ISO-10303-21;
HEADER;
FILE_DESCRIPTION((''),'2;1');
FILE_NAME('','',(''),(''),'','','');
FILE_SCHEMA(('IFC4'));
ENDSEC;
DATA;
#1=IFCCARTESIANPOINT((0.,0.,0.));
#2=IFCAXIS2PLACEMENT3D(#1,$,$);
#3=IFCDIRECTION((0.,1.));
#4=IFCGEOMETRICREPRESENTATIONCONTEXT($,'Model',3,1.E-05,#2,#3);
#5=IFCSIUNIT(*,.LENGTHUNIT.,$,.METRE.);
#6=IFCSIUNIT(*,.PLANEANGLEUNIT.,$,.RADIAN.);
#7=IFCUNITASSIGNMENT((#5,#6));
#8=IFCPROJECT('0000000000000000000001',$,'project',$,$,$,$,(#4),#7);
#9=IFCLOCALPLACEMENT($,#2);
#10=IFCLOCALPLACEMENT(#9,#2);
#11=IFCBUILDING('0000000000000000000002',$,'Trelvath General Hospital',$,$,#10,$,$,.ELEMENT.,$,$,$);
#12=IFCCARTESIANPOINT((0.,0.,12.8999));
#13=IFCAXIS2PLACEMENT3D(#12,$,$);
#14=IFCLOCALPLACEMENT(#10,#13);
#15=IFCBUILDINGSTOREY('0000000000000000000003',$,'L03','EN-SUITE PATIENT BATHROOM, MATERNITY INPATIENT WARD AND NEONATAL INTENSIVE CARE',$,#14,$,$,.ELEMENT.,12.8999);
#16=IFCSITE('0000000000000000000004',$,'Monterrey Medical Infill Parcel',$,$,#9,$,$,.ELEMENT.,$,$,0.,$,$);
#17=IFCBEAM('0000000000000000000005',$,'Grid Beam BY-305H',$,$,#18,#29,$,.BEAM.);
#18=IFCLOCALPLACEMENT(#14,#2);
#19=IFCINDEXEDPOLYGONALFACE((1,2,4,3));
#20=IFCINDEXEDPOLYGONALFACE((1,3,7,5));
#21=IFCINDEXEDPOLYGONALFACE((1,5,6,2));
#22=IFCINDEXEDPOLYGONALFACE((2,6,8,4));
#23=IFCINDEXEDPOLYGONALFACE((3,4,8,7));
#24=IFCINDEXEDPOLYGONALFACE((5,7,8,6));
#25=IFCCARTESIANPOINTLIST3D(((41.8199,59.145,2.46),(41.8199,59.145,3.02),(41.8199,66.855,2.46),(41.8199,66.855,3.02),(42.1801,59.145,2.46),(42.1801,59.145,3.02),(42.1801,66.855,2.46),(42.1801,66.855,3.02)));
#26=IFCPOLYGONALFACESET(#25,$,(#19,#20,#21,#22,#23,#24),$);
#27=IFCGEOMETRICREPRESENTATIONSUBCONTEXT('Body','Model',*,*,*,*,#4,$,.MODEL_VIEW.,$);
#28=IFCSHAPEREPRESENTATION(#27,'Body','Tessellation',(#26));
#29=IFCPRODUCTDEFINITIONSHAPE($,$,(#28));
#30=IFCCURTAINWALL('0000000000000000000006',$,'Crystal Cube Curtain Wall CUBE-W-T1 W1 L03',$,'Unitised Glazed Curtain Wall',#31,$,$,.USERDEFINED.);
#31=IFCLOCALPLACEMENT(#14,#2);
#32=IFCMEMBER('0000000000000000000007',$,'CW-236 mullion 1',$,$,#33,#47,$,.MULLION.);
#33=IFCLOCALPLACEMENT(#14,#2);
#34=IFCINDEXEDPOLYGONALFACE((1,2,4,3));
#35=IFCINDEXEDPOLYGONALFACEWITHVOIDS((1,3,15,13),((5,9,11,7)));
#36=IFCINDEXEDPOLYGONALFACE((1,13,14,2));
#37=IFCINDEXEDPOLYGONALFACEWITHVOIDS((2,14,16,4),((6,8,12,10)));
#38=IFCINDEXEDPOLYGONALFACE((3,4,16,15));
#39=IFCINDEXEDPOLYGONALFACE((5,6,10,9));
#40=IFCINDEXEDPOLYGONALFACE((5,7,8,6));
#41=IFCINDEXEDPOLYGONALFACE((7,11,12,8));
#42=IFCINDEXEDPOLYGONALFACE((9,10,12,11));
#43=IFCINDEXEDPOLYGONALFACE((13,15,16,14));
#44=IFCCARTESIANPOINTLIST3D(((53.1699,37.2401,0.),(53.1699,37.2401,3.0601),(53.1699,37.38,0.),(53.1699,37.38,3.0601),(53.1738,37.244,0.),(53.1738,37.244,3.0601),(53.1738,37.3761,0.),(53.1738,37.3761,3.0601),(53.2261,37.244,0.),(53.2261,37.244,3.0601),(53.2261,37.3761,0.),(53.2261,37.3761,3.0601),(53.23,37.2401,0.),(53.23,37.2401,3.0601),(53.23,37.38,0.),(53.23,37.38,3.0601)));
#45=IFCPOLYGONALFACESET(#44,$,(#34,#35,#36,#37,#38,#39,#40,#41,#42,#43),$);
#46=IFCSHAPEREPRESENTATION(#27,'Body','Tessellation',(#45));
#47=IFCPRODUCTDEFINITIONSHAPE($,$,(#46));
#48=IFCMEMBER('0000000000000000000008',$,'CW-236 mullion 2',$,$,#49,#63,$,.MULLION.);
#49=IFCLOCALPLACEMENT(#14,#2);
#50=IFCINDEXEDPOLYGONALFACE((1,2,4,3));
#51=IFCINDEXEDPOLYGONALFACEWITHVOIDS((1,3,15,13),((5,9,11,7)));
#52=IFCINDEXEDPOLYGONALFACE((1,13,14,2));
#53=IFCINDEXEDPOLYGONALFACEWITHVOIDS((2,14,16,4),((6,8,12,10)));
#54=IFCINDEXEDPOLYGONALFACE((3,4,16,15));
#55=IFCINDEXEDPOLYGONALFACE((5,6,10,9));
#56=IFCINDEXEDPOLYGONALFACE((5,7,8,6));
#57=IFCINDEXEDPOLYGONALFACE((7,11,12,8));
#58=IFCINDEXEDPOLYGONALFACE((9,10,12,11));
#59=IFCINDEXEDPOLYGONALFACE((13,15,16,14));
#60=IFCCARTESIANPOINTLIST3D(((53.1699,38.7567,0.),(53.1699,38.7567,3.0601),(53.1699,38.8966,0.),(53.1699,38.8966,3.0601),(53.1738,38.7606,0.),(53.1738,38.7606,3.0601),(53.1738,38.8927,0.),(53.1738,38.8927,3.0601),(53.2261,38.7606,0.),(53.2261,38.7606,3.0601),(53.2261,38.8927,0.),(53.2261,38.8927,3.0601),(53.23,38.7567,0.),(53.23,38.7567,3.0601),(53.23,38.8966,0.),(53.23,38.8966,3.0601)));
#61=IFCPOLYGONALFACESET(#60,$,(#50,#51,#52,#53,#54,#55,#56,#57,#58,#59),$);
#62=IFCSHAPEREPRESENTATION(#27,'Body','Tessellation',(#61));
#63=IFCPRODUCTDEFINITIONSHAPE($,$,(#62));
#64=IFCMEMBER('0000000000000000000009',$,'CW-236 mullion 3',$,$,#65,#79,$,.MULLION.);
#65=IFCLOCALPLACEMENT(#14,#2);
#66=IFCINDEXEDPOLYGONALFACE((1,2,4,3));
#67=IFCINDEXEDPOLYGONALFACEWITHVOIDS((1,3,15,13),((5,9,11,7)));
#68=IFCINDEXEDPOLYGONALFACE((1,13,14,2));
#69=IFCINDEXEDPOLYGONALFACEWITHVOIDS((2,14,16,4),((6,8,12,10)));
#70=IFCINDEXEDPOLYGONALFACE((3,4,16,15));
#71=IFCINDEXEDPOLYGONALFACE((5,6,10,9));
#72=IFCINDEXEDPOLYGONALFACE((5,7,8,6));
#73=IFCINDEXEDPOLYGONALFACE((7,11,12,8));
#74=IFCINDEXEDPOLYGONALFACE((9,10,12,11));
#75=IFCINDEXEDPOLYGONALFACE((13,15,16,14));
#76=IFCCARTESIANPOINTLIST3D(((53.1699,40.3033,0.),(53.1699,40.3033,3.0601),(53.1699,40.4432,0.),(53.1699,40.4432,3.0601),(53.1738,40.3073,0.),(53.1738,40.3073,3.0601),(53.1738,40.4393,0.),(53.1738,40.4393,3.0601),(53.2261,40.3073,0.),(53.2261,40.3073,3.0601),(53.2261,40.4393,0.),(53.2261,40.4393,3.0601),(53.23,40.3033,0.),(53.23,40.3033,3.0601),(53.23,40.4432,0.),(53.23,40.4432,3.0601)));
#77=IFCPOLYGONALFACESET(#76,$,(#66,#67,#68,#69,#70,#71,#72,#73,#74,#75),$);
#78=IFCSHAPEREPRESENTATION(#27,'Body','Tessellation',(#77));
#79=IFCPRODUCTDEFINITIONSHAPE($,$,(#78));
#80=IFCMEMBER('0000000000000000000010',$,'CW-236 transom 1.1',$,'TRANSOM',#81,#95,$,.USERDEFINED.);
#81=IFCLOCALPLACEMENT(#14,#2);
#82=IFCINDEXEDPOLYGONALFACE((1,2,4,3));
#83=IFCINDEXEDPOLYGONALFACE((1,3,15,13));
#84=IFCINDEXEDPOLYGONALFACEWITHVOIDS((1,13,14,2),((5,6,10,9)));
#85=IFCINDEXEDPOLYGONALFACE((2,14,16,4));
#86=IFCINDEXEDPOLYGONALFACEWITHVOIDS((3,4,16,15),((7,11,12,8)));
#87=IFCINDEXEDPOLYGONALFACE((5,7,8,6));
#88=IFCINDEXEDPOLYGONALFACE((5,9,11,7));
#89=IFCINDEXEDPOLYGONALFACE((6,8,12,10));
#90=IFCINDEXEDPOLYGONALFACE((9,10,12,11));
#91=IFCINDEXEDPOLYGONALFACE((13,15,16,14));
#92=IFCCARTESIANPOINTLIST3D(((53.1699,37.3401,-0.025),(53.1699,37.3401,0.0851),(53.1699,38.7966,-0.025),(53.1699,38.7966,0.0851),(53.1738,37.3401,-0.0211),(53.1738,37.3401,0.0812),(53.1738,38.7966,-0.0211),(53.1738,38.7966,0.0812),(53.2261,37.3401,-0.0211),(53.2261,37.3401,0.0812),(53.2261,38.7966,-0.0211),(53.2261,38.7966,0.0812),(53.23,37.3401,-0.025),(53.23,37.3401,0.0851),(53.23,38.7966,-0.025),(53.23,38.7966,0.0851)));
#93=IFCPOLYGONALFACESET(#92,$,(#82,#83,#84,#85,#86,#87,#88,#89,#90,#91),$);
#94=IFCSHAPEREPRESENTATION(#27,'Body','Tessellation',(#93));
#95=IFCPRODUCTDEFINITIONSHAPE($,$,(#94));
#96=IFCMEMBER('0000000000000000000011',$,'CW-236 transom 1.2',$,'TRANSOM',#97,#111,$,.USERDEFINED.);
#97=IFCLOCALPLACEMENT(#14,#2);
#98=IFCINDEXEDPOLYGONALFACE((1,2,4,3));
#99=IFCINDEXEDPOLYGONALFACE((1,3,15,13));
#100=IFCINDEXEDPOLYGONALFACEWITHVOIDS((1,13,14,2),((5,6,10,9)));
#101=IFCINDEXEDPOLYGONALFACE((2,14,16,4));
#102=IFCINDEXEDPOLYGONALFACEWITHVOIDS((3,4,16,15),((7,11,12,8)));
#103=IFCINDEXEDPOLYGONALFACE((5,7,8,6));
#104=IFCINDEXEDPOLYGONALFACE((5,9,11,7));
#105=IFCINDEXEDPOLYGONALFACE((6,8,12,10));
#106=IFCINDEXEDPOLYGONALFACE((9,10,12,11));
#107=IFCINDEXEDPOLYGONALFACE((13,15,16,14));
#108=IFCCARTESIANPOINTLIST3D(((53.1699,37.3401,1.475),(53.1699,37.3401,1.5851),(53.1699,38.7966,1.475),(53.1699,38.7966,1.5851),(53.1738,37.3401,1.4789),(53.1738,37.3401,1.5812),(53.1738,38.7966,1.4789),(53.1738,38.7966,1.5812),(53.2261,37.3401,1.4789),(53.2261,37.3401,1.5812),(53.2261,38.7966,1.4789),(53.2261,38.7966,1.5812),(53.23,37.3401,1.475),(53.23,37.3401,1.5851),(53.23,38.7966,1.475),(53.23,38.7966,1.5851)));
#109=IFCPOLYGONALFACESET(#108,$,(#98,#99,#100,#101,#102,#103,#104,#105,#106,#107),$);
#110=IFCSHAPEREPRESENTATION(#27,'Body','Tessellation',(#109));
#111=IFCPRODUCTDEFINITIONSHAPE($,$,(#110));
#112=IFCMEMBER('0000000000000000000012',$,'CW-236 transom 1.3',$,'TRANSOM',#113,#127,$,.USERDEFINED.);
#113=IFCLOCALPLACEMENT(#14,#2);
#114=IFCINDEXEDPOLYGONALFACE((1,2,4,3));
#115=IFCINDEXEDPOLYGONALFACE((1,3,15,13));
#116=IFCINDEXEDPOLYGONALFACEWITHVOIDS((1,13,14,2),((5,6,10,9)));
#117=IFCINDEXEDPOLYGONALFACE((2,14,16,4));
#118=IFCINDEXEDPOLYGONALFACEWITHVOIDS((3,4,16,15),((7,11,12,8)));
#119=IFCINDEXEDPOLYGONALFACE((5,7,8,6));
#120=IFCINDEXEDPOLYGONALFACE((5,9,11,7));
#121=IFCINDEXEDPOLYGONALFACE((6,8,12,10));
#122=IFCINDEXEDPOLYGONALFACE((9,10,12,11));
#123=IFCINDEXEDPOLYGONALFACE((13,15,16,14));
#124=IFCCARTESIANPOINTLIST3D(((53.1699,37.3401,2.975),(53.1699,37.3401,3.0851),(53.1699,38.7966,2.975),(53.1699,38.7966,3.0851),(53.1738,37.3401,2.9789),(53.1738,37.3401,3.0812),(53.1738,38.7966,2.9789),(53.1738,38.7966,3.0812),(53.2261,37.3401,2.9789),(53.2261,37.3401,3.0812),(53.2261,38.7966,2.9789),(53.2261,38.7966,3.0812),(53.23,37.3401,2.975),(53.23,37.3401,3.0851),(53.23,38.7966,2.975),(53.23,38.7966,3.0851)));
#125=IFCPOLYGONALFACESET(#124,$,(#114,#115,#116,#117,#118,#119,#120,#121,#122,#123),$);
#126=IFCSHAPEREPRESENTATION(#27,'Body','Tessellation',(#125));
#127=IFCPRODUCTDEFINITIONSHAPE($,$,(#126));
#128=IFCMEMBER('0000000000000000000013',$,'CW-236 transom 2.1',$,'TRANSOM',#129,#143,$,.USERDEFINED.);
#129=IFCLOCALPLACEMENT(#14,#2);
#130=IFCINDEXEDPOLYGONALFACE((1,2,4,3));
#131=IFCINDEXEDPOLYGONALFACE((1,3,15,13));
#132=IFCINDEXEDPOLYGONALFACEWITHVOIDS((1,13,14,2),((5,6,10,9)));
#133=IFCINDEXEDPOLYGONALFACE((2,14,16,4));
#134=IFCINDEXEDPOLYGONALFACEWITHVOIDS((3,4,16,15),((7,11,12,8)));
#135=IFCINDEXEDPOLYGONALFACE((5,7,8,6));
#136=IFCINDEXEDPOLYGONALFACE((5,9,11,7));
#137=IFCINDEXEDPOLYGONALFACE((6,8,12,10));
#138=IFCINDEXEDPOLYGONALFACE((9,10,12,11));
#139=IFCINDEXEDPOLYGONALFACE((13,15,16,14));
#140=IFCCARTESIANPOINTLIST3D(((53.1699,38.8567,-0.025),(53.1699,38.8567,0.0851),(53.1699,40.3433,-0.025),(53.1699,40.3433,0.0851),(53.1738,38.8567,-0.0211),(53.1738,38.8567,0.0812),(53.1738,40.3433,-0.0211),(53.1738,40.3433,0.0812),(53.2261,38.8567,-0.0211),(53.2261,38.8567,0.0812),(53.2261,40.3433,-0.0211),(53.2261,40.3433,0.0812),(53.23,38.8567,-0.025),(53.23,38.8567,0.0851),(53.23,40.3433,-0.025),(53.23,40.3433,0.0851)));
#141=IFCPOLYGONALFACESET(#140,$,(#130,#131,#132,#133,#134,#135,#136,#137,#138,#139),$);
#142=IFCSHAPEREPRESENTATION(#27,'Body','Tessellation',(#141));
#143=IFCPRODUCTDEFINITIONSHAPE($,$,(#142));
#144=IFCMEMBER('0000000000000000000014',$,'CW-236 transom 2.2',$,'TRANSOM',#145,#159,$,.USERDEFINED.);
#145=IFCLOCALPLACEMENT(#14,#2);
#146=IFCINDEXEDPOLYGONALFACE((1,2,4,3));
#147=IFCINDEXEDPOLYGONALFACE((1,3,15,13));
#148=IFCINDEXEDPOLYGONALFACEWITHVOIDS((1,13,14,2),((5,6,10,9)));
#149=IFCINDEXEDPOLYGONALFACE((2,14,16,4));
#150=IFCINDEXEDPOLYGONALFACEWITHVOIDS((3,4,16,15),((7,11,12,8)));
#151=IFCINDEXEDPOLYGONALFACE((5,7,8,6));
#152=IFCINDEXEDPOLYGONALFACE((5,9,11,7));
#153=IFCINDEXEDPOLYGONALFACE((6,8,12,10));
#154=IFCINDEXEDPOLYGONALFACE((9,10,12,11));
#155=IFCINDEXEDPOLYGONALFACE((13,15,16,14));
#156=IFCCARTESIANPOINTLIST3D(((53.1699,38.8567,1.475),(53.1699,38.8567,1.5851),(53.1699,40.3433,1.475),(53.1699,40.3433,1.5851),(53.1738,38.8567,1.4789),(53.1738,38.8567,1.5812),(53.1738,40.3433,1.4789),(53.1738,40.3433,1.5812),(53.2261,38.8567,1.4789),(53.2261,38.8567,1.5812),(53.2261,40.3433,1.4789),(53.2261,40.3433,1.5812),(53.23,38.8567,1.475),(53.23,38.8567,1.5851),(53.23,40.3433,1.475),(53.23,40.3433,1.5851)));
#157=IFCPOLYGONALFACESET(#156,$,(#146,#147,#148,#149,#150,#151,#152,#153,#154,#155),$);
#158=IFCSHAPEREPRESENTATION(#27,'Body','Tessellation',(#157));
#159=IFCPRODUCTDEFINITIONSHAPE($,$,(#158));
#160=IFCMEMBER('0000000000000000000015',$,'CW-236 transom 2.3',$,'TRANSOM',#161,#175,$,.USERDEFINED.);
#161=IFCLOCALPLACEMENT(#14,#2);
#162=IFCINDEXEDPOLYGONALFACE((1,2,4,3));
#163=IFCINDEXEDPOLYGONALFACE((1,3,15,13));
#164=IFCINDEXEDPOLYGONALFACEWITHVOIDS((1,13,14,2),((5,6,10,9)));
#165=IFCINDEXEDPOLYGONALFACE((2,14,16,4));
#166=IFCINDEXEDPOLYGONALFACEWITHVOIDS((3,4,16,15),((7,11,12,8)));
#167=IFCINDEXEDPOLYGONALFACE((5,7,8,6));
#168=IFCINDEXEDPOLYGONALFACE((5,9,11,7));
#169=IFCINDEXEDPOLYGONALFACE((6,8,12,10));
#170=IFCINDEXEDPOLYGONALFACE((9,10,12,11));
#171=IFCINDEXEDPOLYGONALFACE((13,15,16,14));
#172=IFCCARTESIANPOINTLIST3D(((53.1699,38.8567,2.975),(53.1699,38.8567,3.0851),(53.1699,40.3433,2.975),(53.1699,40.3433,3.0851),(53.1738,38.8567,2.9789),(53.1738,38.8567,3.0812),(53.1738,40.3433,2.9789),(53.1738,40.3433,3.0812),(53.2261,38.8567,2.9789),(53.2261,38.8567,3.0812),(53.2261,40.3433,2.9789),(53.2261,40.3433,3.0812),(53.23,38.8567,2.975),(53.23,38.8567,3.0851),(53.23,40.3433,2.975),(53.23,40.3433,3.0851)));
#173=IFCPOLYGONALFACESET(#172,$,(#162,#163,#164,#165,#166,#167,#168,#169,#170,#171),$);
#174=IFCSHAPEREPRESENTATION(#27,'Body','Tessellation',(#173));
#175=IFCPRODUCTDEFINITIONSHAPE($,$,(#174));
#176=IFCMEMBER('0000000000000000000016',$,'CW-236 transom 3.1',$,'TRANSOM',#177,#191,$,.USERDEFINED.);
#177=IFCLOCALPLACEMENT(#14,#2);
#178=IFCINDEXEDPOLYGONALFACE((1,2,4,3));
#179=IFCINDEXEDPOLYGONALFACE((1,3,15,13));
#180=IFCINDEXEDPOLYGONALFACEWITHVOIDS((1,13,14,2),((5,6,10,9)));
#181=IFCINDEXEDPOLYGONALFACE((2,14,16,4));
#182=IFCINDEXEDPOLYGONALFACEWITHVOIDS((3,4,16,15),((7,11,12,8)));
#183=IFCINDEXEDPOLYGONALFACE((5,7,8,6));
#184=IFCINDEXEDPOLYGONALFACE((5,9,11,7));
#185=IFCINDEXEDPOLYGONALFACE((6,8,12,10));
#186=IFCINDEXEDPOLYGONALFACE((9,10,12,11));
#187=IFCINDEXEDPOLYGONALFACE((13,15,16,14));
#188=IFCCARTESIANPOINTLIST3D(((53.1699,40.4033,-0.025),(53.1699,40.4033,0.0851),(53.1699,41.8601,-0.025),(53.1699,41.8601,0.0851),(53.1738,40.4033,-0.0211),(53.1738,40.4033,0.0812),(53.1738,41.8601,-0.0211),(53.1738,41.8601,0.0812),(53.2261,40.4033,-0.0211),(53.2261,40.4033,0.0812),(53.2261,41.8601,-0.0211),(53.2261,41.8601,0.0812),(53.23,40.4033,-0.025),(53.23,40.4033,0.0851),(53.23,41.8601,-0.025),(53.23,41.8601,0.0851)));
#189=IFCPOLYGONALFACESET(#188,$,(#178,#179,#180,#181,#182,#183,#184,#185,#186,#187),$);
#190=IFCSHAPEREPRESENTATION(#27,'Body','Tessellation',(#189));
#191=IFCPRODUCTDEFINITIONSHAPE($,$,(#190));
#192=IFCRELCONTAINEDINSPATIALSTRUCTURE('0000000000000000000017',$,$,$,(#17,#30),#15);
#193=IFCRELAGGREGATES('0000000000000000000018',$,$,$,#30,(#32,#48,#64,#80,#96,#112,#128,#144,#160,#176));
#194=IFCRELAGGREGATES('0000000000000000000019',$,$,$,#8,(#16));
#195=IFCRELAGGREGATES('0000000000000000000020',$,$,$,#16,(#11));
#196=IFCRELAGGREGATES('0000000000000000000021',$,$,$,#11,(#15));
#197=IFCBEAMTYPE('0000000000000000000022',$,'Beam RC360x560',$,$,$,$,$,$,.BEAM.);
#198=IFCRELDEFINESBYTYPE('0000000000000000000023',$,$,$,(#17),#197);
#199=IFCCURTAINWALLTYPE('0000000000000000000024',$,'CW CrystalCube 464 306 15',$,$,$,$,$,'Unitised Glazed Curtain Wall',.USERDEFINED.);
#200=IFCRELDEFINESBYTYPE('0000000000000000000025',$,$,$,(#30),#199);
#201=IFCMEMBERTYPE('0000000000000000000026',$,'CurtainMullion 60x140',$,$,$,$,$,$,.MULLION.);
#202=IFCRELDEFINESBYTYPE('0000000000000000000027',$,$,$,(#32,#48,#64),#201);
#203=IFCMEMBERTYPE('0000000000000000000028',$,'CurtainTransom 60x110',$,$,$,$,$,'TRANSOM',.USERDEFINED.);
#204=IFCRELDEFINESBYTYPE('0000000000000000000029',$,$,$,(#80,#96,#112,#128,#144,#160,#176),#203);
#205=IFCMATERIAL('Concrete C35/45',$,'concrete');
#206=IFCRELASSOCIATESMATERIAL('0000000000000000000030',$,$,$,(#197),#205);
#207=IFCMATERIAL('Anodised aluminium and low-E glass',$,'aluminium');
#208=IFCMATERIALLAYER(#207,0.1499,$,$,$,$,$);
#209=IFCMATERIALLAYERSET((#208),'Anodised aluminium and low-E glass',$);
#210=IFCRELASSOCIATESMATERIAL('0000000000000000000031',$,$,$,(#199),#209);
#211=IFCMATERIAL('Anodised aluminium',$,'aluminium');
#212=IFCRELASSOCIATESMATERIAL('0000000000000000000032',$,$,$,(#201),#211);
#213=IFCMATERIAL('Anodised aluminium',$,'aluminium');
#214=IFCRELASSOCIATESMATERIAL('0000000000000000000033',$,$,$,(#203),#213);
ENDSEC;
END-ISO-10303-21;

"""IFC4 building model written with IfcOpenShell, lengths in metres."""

from ifc_helpers import new_model, si_unit, direction, frame, origin, origin_2d, place, context, subcontext, project, spatial, rectangle, hollow_rectangle, extrude, material, layer, layer_set, material_profile, profile_set, type_object, element, aggregate, save


model = new_model("IFC4")

# Units and contexts
model_context = context("Model", 3, precision=1e-05, world=origin(), true_north=direction((0.0, 1.0)))
body_context = subcontext(model_context, "Body", "Model", "MODEL_VIEW")
ifc_project = project(units=[si_unit("LENGTHUNIT", "METRE"), si_unit("PLANEANGLEUNIT", "RADIAN")], contexts=[model_context])

# Site, building, storey
site_placement = place(None, origin())
site = spatial("IfcSite", under=ifc_project, at=site_placement, Name="Monterrey Medical Infill Parcel", CompositionType="ELEMENT", RefElevation=0.0)
building_placement = place(site_placement, origin())
building = spatial("IfcBuilding", under=site, at=building_placement, Name="Trelvath General Hospital", CompositionType="ELEMENT")
storey_placement = place(building_placement, frame((0.0, 0.0, 12.8999)))
storey = spatial("IfcBuildingStorey", under=building, at=storey_placement, Name="L03", Description="EN-SUITE PATIENT BATHROOM, MATERNITY INPATIENT WARD AND NEONATAL INTENSIVE CARE", CompositionType="ELEMENT", Elevation=12.8999)

# Beam
ifc_material_1 = material(Name="Concrete C35/45", Category="concrete")
ifc_material_profile_1 = material_profile(ifc_material_1, rectangle(XDim=0.3601, YDim=0.5601, at=origin_2d()), Name="RCB360x560")
ifc_profile_set_1 = profile_set([ifc_material_profile_1], Name="Concrete C35/45")
beam_type = type_object("IfcBeamType", Name="Beam RC360x560", PredefinedType="BEAM", material=ifc_profile_set_1)
beam_placement = place(storey_placement, frame((42.0, 59.145, 2.74), z_axis=(0.0, 1.0, 0.0), x_axis=(-1.0, 0.0, 0.0)))
element("IfcBeam", 1, at=beam_placement, inside=storey, type_object=beam_type, Name="Grid Beam BY-305H", PredefinedType="BEAM", context=body_context, shape_type="SweptSolid", body=[
    extrude(rectangle(XDim=0.3601, YDim=0.5601, at=origin_2d()), origin(), (0.0, 0.0, 1.0), 7.71),
])

# Curtain wall, members
ifc_material_2 = material(Name="Anodised aluminium and low-E glass", Category="aluminium")
ifc_layer_1 = layer(ifc_material_2, 0.1499)
ifc_layer_set_1 = layer_set([ifc_layer_1], Name="Anodised aluminium and low-E glass")
curtain_wall_type = type_object("IfcCurtainWallType", Name="CW CrystalCube 464 306 15", ElementType="Unitised Glazed Curtain Wall", PredefinedType="USERDEFINED", material=ifc_layer_set_1)
curtain_wall_placement = place(storey_placement, origin())
curtain_wall = element("IfcCurtainWall", 2, at=curtain_wall_placement, inside=storey, type_object=curtain_wall_type, Name="Crystal Cube Curtain Wall CUBE-W-T1 W1 L03", ObjectType="Unitised Glazed Curtain Wall", PredefinedType="USERDEFINED")
ifc_material_3 = material(Name="Anodised aluminium", Category="aluminium")
ifc_material_profile_2 = material_profile(ifc_material_3, hollow_rectangle(XDim=0.0601, YDim=0.1399, WallThickness=0.0039, at=origin_2d()), Name="RHS60x140x4")
ifc_profile_set_2 = profile_set([ifc_material_profile_2], Name="Anodised aluminium")
member_type_1 = type_object("IfcMemberType", Name="CurtainMullion 60x140", PredefinedType="MULLION", material=ifc_profile_set_2)
member_1_placement = place(storey_placement, frame((53.2, 37.3101, 0.0), z_axis=(0.0, 0.0, 1.0), x_axis=(-1.0, 0.0, 0.0)))
member_1 = element("IfcMember", 3, at=member_1_placement, type_object=member_type_1, Name="CW-236 mullion 1", PredefinedType="MULLION", context=body_context, shape_type="SweptSolid", body=[
    extrude(hollow_rectangle(XDim=0.0601, YDim=0.1399, WallThickness=0.0039, at=origin_2d()), origin(), (0.0, 0.0, 1.0), 3.0601),
])
member_2_placement = place(storey_placement, frame((53.2, 38.8267, 0.0), z_axis=(0.0, 0.0, 1.0), x_axis=(-1.0, 0.0, 0.0)))
member_2 = element("IfcMember", 4, at=member_2_placement, type_object=member_type_1, Name="CW-236 mullion 2", PredefinedType="MULLION", context=body_context, shape_type="SweptSolid", body=[
    extrude(hollow_rectangle(XDim=0.0601, YDim=0.1399, WallThickness=0.0039, at=origin_2d()), origin(), (0.0, 0.0, 1.0), 3.0601),
])
member_3_placement = place(storey_placement, frame((53.2, 40.3733, 0.0), z_axis=(0.0, 0.0, 1.0), x_axis=(-1.0, 0.0, 0.0)))
member_3 = element("IfcMember", 5, at=member_3_placement, type_object=member_type_1, Name="CW-236 mullion 3", PredefinedType="MULLION", context=body_context, shape_type="SweptSolid", body=[
    extrude(hollow_rectangle(XDim=0.0601, YDim=0.1399, WallThickness=0.0039, at=origin_2d()), origin(), (0.0, 0.0, 1.0), 3.0601),
])
ifc_material_4 = material(Name="Anodised aluminium", Category="aluminium")
ifc_material_profile_3 = material_profile(ifc_material_4, hollow_rectangle(XDim=0.0601, YDim=0.1101, WallThickness=0.0039, at=origin_2d()), Name="RHS60x110x4")
ifc_profile_set_3 = profile_set([ifc_material_profile_3], Name="Anodised aluminium")
member_type_2 = type_object("IfcMemberType", Name="CurtainTransom 60x110", ElementType="TRANSOM", PredefinedType="USERDEFINED", material=ifc_profile_set_3)
member_4_placement = place(storey_placement, frame((53.2, 37.3401, 0.03), z_axis=(0.0, 1.0, 0.0), x_axis=(-1.0, 0.0, 0.0)))
member_4 = element("IfcMember", 6, at=member_4_placement, type_object=member_type_2, Name="CW-236 transom 1.1", ObjectType="TRANSOM", PredefinedType="USERDEFINED", context=body_context, shape_type="SweptSolid", body=[
    extrude(hollow_rectangle(XDim=0.0601, YDim=0.1101, WallThickness=0.0039, at=origin_2d()), origin(), (0.0, 0.0, 1.0), 1.4565),
])
member_5_placement = place(storey_placement, frame((53.2, 37.3401, 1.53), z_axis=(0.0, 1.0, 0.0), x_axis=(-1.0, 0.0, 0.0)))
member_5 = element("IfcMember", 7, at=member_5_placement, type_object=member_type_2, Name="CW-236 transom 1.2", ObjectType="TRANSOM", PredefinedType="USERDEFINED", context=body_context, shape_type="SweptSolid", body=[
    extrude(hollow_rectangle(XDim=0.0601, YDim=0.1101, WallThickness=0.0039, at=origin_2d()), origin(), (0.0, 0.0, 1.0), 1.4565),
])
member_6_placement = place(storey_placement, frame((53.2, 37.3401, 3.03), z_axis=(0.0, 1.0, 0.0), x_axis=(-1.0, 0.0, 0.0)))
member_6 = element("IfcMember", 8, at=member_6_placement, type_object=member_type_2, Name="CW-236 transom 1.3", ObjectType="TRANSOM", PredefinedType="USERDEFINED", context=body_context, shape_type="SweptSolid", body=[
    extrude(hollow_rectangle(XDim=0.0601, YDim=0.1101, WallThickness=0.0039, at=origin_2d()), origin(), (0.0, 0.0, 1.0), 1.4565),
])
member_7_placement = place(storey_placement, frame((53.2, 38.8567, 0.03), z_axis=(0.0, 1.0, 0.0), x_axis=(-1.0, 0.0, 0.0)))
member_7 = element("IfcMember", 9, at=member_7_placement, type_object=member_type_2, Name="CW-236 transom 2.1", ObjectType="TRANSOM", PredefinedType="USERDEFINED", context=body_context, shape_type="SweptSolid", body=[
    extrude(hollow_rectangle(XDim=0.0601, YDim=0.1101, WallThickness=0.0039, at=origin_2d()), origin(), (0.0, 0.0, 1.0), 1.4866),
])
member_8_placement = place(storey_placement, frame((53.2, 38.8567, 1.53), z_axis=(0.0, 1.0, 0.0), x_axis=(-1.0, 0.0, 0.0)))
member_8 = element("IfcMember", 10, at=member_8_placement, type_object=member_type_2, Name="CW-236 transom 2.2", ObjectType="TRANSOM", PredefinedType="USERDEFINED", context=body_context, shape_type="SweptSolid", body=[
    extrude(hollow_rectangle(XDim=0.0601, YDim=0.1101, WallThickness=0.0039, at=origin_2d()), origin(), (0.0, 0.0, 1.0), 1.4866),
])
member_9_placement = place(storey_placement, frame((53.2, 38.8567, 3.03), z_axis=(0.0, 1.0, 0.0), x_axis=(-1.0, 0.0, 0.0)))
member_9 = element("IfcMember", 11, at=member_9_placement, type_object=member_type_2, Name="CW-236 transom 2.3", ObjectType="TRANSOM", PredefinedType="USERDEFINED", context=body_context, shape_type="SweptSolid", body=[
    extrude(hollow_rectangle(XDim=0.0601, YDim=0.1101, WallThickness=0.0039, at=origin_2d()), origin(), (0.0, 0.0, 1.0), 1.4866),
])
member_10_placement = place(storey_placement, frame((53.2, 40.4033, 0.03), z_axis=(0.0, 1.0, 0.0), x_axis=(-1.0, 0.0, 0.0)))
member_10 = element("IfcMember", 12, at=member_10_placement, type_object=member_type_2, Name="CW-236 transom 3.1", ObjectType="TRANSOM", PredefinedType="USERDEFINED", context=body_context, shape_type="SweptSolid", body=[
    extrude(hollow_rectangle(XDim=0.0601, YDim=0.1101, WallThickness=0.0039, at=origin_2d()), origin(), (0.0, 0.0, 1.0), 1.4568),
])
aggregate(curtain_wall, [member_1, member_2, member_3, member_4, member_5, member_6, member_7, member_8, member_9, member_10])

save(model, "model.ifc")
